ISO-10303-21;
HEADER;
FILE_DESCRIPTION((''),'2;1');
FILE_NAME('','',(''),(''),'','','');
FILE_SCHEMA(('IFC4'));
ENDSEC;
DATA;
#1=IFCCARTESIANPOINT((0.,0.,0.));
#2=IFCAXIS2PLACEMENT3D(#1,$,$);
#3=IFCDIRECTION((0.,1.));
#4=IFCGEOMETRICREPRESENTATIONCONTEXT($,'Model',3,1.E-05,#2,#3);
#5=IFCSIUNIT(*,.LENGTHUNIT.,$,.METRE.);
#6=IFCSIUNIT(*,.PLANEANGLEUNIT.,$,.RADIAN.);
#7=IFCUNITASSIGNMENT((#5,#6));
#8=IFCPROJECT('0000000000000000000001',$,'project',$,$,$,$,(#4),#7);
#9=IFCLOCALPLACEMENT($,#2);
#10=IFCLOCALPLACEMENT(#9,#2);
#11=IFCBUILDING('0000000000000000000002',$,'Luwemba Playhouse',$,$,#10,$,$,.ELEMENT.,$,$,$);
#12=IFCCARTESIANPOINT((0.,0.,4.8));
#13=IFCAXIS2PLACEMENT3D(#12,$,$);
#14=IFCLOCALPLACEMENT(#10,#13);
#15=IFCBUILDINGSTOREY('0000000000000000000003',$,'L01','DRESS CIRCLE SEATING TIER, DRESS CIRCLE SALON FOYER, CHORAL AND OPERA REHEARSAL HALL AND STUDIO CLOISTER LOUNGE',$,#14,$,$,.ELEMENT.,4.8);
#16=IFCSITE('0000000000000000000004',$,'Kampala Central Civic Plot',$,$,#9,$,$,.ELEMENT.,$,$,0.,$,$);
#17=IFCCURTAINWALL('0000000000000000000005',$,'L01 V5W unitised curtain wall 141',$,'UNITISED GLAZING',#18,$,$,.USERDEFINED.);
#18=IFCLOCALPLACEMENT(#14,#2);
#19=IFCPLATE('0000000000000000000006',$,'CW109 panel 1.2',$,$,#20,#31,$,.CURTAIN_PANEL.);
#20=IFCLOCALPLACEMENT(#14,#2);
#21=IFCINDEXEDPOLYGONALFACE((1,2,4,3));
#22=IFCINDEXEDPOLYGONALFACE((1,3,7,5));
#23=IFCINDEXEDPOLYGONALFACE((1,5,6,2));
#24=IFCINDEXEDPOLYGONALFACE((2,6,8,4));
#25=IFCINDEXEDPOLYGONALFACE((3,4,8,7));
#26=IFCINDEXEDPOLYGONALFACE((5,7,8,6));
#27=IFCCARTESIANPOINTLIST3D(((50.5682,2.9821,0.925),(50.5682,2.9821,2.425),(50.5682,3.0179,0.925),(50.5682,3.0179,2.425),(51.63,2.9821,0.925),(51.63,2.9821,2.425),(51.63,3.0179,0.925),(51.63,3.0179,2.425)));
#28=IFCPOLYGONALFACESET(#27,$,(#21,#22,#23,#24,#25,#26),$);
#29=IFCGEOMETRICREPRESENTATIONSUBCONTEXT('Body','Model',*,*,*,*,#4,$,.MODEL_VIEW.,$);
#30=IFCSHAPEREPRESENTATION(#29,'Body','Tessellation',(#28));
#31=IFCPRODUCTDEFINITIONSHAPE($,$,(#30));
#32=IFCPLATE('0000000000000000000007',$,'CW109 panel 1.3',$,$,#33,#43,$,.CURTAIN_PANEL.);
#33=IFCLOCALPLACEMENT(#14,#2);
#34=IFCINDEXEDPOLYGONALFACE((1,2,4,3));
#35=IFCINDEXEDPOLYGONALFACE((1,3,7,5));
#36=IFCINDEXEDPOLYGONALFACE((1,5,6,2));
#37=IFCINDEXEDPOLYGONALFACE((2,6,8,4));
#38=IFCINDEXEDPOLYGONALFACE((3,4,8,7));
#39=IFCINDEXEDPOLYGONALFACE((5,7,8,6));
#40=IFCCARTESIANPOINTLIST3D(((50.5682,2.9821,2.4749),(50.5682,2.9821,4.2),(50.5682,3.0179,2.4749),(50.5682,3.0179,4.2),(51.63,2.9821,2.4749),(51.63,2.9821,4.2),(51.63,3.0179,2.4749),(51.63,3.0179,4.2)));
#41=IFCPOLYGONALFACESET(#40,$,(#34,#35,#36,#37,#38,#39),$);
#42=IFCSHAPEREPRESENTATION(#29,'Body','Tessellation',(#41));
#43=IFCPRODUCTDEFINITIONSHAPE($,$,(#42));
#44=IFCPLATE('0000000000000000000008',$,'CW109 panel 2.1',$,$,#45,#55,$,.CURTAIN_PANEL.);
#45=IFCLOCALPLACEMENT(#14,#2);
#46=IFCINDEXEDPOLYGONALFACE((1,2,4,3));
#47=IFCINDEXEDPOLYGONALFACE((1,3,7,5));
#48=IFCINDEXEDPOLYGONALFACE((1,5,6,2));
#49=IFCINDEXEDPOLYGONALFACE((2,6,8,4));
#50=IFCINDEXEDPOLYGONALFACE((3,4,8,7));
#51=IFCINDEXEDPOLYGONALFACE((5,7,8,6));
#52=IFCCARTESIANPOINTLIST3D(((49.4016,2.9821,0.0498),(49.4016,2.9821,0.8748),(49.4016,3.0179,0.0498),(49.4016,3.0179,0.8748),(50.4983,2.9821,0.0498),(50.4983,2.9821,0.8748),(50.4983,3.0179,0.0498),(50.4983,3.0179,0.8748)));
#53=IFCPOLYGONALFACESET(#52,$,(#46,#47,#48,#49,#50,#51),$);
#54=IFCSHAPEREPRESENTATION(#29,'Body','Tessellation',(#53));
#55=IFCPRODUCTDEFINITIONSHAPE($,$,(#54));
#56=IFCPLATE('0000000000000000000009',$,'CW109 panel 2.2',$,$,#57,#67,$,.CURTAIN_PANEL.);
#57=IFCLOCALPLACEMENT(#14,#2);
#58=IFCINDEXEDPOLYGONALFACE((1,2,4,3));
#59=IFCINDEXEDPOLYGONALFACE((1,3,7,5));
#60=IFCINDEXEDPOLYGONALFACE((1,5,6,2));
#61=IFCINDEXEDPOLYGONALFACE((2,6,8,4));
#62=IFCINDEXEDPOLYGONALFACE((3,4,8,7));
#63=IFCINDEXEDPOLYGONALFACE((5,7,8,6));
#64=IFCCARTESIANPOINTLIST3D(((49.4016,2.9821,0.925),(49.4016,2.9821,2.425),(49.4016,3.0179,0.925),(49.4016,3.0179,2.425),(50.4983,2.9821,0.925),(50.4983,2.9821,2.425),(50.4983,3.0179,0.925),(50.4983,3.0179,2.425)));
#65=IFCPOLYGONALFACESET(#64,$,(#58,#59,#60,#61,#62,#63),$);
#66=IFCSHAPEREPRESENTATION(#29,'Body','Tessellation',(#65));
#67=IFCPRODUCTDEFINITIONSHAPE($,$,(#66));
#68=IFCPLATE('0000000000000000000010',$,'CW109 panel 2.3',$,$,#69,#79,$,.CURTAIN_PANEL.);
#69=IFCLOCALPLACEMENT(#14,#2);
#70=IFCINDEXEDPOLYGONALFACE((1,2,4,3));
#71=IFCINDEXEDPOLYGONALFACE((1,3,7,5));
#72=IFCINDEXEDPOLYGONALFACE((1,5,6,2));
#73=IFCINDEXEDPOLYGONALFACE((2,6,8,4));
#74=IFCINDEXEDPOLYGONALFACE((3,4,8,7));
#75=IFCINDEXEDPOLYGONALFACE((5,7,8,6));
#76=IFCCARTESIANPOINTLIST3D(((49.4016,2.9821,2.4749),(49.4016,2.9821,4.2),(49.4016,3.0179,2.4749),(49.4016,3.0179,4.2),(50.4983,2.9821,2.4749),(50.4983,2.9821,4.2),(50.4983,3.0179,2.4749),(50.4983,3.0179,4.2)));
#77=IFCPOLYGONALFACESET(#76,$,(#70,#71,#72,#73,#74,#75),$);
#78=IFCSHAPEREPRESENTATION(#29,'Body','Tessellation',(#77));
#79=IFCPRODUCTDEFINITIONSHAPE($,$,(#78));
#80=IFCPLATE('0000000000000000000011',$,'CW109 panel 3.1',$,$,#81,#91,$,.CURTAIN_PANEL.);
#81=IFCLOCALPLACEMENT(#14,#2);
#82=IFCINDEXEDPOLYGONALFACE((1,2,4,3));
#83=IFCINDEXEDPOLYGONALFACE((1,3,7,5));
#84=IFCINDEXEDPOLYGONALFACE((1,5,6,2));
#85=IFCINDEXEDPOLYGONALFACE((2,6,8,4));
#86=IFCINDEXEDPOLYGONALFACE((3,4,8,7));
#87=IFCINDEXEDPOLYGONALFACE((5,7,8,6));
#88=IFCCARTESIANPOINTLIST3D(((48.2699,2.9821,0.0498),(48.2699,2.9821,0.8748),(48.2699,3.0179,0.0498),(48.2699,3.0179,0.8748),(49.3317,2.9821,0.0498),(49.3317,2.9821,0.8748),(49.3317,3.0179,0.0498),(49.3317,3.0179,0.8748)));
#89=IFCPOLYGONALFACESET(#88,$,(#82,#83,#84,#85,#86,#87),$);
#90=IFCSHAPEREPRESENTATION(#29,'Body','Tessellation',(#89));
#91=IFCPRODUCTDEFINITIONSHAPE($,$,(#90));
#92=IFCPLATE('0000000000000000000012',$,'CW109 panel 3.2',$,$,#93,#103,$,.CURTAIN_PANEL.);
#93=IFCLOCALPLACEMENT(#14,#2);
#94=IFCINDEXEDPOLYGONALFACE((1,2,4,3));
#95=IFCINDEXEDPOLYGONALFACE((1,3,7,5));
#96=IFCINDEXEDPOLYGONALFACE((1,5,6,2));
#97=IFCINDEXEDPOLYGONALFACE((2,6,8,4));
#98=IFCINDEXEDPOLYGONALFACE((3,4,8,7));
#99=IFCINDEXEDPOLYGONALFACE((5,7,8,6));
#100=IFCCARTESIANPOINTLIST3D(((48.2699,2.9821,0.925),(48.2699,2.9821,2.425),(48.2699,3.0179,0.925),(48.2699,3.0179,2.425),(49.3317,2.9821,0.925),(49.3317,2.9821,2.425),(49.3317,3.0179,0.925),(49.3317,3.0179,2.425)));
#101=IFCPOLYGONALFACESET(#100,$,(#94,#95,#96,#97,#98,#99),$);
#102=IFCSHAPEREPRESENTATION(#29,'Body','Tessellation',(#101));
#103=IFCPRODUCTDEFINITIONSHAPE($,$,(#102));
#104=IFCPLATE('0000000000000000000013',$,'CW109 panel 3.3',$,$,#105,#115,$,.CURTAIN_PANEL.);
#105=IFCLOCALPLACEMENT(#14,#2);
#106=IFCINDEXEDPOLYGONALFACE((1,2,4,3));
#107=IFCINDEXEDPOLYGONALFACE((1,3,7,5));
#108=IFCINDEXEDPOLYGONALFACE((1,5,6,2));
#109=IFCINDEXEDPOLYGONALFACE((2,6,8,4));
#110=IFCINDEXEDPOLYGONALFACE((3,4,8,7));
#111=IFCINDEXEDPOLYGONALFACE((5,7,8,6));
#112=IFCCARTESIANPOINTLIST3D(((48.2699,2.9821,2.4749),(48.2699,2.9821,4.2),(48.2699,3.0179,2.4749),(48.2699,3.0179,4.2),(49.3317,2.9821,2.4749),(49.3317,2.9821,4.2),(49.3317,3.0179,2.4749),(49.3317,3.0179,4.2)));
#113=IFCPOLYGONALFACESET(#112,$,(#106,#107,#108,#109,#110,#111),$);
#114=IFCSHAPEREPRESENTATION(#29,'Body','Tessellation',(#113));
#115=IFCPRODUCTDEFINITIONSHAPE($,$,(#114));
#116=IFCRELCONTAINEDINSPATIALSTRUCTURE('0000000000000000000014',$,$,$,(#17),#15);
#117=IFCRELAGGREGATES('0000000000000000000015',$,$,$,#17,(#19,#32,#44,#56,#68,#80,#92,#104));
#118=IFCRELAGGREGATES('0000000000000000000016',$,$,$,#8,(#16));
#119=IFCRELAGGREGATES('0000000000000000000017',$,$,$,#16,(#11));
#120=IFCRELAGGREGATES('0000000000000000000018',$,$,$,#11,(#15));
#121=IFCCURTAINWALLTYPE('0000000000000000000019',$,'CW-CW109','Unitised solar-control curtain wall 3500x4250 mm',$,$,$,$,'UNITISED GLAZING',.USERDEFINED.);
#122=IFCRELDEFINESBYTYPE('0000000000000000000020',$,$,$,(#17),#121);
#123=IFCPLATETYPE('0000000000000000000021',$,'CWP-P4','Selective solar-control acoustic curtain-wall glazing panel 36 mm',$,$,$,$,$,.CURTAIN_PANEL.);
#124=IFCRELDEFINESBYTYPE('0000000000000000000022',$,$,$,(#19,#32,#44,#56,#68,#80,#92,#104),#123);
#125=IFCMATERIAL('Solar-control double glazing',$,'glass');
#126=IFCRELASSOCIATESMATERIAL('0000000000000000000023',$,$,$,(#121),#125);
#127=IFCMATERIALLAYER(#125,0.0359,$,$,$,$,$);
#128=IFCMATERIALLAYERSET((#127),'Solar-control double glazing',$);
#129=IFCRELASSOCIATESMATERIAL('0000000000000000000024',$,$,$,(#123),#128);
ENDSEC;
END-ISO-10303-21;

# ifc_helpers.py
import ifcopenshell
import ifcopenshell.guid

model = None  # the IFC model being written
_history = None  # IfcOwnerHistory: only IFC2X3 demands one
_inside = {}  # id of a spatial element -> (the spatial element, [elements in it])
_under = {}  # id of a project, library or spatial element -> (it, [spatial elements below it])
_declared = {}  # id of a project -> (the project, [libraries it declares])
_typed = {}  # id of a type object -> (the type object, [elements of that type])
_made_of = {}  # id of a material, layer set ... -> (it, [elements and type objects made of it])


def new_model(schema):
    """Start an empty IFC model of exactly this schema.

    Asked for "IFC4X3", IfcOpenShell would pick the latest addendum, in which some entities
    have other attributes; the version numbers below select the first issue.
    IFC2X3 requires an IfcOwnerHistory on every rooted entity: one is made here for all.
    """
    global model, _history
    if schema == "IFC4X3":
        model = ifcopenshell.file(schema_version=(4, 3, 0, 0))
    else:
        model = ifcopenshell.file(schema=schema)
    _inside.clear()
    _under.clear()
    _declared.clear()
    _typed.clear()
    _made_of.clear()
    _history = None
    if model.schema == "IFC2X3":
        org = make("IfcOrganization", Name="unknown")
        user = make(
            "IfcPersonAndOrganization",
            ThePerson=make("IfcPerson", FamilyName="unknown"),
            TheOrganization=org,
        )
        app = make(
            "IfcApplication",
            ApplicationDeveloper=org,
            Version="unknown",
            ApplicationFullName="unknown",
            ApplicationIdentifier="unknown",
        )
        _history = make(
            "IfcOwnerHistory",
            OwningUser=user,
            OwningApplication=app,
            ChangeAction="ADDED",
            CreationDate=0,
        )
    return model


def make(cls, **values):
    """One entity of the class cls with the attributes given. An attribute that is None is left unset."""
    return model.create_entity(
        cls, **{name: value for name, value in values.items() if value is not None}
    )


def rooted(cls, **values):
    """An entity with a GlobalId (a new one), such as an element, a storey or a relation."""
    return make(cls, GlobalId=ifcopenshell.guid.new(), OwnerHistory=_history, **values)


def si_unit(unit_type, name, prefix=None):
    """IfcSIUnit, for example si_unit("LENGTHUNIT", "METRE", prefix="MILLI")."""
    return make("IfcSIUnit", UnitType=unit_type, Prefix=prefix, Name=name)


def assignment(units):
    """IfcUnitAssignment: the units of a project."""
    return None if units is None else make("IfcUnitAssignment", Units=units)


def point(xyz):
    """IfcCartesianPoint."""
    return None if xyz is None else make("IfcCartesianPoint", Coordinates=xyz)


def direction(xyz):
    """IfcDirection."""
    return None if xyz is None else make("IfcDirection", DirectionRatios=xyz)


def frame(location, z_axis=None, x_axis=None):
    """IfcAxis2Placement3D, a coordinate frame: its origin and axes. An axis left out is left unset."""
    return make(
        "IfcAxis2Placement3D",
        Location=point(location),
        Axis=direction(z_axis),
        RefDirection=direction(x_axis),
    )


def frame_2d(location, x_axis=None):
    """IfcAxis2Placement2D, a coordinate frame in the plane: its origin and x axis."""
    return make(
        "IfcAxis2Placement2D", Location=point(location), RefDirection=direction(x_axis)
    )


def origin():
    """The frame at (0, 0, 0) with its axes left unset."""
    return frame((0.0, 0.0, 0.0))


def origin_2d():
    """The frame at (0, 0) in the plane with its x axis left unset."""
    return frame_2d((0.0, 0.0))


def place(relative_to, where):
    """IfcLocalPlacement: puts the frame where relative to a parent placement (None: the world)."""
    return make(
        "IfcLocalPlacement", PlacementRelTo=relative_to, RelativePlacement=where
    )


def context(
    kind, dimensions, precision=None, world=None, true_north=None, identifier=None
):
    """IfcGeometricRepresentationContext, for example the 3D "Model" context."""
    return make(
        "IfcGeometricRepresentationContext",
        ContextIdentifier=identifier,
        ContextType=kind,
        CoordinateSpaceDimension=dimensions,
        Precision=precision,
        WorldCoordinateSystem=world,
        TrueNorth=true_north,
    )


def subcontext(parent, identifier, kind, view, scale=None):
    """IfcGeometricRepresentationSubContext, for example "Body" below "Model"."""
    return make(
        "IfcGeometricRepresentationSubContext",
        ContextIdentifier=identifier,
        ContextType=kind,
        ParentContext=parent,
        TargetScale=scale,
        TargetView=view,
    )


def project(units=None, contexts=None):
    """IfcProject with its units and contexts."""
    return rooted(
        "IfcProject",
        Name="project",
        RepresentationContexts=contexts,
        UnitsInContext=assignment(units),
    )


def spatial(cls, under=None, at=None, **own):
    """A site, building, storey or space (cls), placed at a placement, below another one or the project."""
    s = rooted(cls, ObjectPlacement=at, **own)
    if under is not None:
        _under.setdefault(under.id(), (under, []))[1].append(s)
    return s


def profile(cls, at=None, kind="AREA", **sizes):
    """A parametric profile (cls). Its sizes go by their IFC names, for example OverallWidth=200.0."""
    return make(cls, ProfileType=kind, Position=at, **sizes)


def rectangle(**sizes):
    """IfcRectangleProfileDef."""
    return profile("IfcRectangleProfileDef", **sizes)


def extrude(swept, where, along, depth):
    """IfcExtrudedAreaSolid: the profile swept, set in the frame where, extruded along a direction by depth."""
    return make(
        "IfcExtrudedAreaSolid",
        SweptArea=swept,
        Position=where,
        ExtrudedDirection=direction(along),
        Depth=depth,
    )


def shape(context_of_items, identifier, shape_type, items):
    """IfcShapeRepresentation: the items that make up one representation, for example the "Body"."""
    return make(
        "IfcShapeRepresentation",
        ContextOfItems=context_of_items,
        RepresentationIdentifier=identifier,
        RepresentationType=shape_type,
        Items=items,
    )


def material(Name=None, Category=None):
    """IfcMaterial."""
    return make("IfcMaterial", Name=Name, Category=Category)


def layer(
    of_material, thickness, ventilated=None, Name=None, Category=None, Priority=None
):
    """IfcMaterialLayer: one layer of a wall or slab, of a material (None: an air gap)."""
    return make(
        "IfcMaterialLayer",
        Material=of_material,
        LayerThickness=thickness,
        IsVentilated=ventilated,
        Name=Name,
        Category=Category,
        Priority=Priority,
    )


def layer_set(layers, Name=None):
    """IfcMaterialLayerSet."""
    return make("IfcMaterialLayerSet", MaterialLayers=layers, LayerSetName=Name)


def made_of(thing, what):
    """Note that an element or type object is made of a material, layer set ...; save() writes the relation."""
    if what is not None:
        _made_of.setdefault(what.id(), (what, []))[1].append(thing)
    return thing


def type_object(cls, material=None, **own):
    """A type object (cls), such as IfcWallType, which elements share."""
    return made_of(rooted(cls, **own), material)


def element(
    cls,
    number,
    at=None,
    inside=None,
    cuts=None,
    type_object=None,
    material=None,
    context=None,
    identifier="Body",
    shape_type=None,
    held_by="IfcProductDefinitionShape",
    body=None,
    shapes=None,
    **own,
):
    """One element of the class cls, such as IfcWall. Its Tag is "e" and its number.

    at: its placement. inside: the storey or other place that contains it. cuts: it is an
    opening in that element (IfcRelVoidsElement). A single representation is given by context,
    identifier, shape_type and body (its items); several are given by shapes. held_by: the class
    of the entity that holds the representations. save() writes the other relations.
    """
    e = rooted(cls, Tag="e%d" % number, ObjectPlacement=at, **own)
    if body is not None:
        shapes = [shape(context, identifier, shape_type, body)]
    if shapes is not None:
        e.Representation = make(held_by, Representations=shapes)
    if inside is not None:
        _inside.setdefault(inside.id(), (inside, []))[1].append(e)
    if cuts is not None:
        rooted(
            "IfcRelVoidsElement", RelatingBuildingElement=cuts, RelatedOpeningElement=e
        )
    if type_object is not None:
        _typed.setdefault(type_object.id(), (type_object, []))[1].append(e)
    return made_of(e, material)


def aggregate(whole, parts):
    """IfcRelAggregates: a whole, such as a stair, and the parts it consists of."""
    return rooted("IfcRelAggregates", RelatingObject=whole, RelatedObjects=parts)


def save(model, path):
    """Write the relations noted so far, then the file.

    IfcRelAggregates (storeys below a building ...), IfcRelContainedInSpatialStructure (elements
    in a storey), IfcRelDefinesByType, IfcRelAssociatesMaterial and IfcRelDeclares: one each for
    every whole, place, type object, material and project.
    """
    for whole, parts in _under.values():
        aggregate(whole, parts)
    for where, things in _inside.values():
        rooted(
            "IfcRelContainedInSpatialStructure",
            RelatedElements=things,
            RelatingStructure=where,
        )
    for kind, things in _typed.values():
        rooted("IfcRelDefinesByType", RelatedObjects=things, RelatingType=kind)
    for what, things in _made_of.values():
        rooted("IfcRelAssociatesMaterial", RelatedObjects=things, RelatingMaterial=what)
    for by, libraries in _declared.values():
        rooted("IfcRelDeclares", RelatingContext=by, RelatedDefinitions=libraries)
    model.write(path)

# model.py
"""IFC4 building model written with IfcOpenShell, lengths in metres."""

from ifc_helpers import new_model, si_unit, direction, frame, origin, origin_2d, place, context, subcontext, project, spatial, rectangle, extrude, material, layer, layer_set, type_object, element, aggregate, save


model = new_model("IFC4")

# Units and contexts
model_context = context("Model", 3, precision=1e-05, world=origin(), true_north=direction((0.0, 1.0)))
body_context = subcontext(model_context, "Body", "Model", "MODEL_VIEW")
ifc_project = project(units=[si_unit("LENGTHUNIT", "METRE"), si_unit("PLANEANGLEUNIT", "RADIAN")], contexts=[model_context])

# Site, building, storey
site_placement = place(None, origin())
site = spatial("IfcSite", under=ifc_project, at=site_placement, Name="Kampala Central Civic Plot", CompositionType="ELEMENT", RefElevation=0.0)
building_placement = place(site_placement, origin())
building = spatial("IfcBuilding", under=site, at=building_placement, Name="Luwemba Playhouse", CompositionType="ELEMENT")
storey_placement = place(building_placement, frame((0.0, 0.0, 4.8)))
storey = spatial("IfcBuildingStorey", under=building, at=storey_placement, Name="L01", Description="DRESS CIRCLE SEATING TIER, DRESS CIRCLE SALON FOYER, CHORAL AND OPERA REHEARSAL HALL AND STUDIO CLOISTER LOUNGE", CompositionType="ELEMENT", Elevation=4.8)

# Shared definitions
ifc_material_1 = material(Name="Solar-control double glazing", Category="glass")

# Curtain wall
curtain_wall_type_1 = type_object("IfcCurtainWallType", Name="CW-CW109", Description="Unitised solar-control curtain wall 3500x4250 mm", ElementType="UNITISED GLAZING", PredefinedType="USERDEFINED", material=ifc_material_1)
curtain_wall_1_placement = place(storey_placement, origin())
curtain_wall_1 = element("IfcCurtainWall", 1, at=curtain_wall_1_placement, inside=storey, type_object=curtain_wall_type_1, Name="L01 V5W unitised curtain wall 141", ObjectType="UNITISED GLAZING", PredefinedType="USERDEFINED")

# Plates
ifc_layer_1 = layer(ifc_material_1, 0.0359)
ifc_layer_set_1 = layer_set([ifc_layer_1], Name="Solar-control double glazing")
plate_type_1 = type_object("IfcPlateType", Name="CWP-P4", Description="Selective solar-control acoustic curtain-wall glazing panel 36 mm", PredefinedType="CURTAIN_PANEL", material=ifc_layer_set_1)
plate_1_placement = place(storey_placement, frame((51.0991, 3.0, 0.925), z_axis=(0.0, 0.0, 1.0), x_axis=(-1.0, 0.0, 0.0)))
plate_1 = element("IfcPlate", 2, at=plate_1_placement, type_object=plate_type_1, Name="CW109 panel 1.2", PredefinedType="CURTAIN_PANEL", context=body_context, shape_type="SweptSolid", body=[
    extrude(rectangle(XDim=1.0618, YDim=0.0359, at=origin_2d()), origin(), (0.0, 0.0, 1.0), 1.5),
])
plate_2_placement = place(storey_placement, frame((51.0991, 3.0, 2.4749), z_axis=(0.0, 0.0, 1.0), x_axis=(-1.0, 0.0, 0.0)))
plate_2 = element("IfcPlate", 3, at=plate_2_placement, type_object=plate_type_1, Name="CW109 panel 1.3", PredefinedType="CURTAIN_PANEL", context=body_context, shape_type="SweptSolid", body=[
    extrude(rectangle(XDim=1.0618, YDim=0.0359, at=origin_2d()), origin(), (0.0, 0.0, 1.0), 1.7251),
])
plate_3_placement = place(storey_placement, frame((49.95, 3.0, 0.0498), z_axis=(0.0, 0.0, 1.0), x_axis=(-1.0, 0.0, 0.0)))
plate_3 = element("IfcPlate", 4, at=plate_3_placement, type_object=plate_type_1, Name="CW109 panel 2.1", PredefinedType="CURTAIN_PANEL", context=body_context, shape_type="SweptSolid", body=[
    extrude(rectangle(XDim=1.0967, YDim=0.0359, at=origin_2d()), origin(), (0.0, 0.0, 1.0), 0.825),
])
plate_4_placement = place(storey_placement, frame((49.95, 3.0, 0.925), z_axis=(0.0, 0.0, 1.0), x_axis=(-1.0, 0.0, 0.0)))
plate_4 = element("IfcPlate", 5, at=plate_4_placement, type_object=plate_type_1, Name="CW109 panel 2.2", PredefinedType="CURTAIN_PANEL", context=body_context, shape_type="SweptSolid", body=[
    extrude(rectangle(XDim=1.0967, YDim=0.0359, at=origin_2d()), origin(), (0.0, 0.0, 1.0), 1.5),
])
plate_5_placement = place(storey_placement, frame((49.95, 3.0, 2.4749), z_axis=(0.0, 0.0, 1.0), x_axis=(-1.0, 0.0, 0.0)))
plate_5 = element("IfcPlate", 6, at=plate_5_placement, type_object=plate_type_1, Name="CW109 panel 2.3", PredefinedType="CURTAIN_PANEL", context=body_context, shape_type="SweptSolid", body=[
    extrude(rectangle(XDim=1.0967, YDim=0.0359, at=origin_2d()), origin(), (0.0, 0.0, 1.0), 1.7251),
])
plate_6_placement = place(storey_placement, frame((48.8008, 3.0, 0.0498), z_axis=(0.0, 0.0, 1.0), x_axis=(-1.0, 0.0, 0.0)))
plate_6 = element("IfcPlate", 7, at=plate_6_placement, type_object=plate_type_1, Name="CW109 panel 3.1", PredefinedType="CURTAIN_PANEL", context=body_context, shape_type="SweptSolid", body=[
    extrude(rectangle(XDim=1.0618, YDim=0.0359, at=origin_2d()), origin(), (0.0, 0.0, 1.0), 0.825),
])
plate_7_placement = place(storey_placement, frame((48.8008, 3.0, 0.925), z_axis=(0.0, 0.0, 1.0), x_axis=(-1.0, 0.0, 0.0)))
plate_7 = element("IfcPlate", 8, at=plate_7_placement, type_object=plate_type_1, Name="CW109 panel 3.2", PredefinedType="CURTAIN_PANEL", context=body_context, shape_type="SweptSolid", body=[
    extrude(rectangle(XDim=1.0618, YDim=0.0359, at=origin_2d()), origin(), (0.0, 0.0, 1.0), 1.5),
])
plate_8_placement = place(storey_placement, frame((48.8008, 3.0, 2.4749), z_axis=(0.0, 0.0, 1.0), x_axis=(-1.0, 0.0, 0.0)))
plate_8 = element("IfcPlate", 9, at=plate_8_placement, type_object=plate_type_1, Name="CW109 panel 3.3", PredefinedType="CURTAIN_PANEL", context=body_context, shape_type="SweptSolid", body=[
    extrude(rectangle(XDim=1.0618, YDim=0.0359, at=origin_2d()), origin(), (0.0, 0.0, 1.0), 1.7251),
])
aggregate(curtain_wall_1, [plate_1, plate_2, plate_3, plate_4, plate_5, plate_6, plate_7, plate_8])

save(model, "model.ifc")
